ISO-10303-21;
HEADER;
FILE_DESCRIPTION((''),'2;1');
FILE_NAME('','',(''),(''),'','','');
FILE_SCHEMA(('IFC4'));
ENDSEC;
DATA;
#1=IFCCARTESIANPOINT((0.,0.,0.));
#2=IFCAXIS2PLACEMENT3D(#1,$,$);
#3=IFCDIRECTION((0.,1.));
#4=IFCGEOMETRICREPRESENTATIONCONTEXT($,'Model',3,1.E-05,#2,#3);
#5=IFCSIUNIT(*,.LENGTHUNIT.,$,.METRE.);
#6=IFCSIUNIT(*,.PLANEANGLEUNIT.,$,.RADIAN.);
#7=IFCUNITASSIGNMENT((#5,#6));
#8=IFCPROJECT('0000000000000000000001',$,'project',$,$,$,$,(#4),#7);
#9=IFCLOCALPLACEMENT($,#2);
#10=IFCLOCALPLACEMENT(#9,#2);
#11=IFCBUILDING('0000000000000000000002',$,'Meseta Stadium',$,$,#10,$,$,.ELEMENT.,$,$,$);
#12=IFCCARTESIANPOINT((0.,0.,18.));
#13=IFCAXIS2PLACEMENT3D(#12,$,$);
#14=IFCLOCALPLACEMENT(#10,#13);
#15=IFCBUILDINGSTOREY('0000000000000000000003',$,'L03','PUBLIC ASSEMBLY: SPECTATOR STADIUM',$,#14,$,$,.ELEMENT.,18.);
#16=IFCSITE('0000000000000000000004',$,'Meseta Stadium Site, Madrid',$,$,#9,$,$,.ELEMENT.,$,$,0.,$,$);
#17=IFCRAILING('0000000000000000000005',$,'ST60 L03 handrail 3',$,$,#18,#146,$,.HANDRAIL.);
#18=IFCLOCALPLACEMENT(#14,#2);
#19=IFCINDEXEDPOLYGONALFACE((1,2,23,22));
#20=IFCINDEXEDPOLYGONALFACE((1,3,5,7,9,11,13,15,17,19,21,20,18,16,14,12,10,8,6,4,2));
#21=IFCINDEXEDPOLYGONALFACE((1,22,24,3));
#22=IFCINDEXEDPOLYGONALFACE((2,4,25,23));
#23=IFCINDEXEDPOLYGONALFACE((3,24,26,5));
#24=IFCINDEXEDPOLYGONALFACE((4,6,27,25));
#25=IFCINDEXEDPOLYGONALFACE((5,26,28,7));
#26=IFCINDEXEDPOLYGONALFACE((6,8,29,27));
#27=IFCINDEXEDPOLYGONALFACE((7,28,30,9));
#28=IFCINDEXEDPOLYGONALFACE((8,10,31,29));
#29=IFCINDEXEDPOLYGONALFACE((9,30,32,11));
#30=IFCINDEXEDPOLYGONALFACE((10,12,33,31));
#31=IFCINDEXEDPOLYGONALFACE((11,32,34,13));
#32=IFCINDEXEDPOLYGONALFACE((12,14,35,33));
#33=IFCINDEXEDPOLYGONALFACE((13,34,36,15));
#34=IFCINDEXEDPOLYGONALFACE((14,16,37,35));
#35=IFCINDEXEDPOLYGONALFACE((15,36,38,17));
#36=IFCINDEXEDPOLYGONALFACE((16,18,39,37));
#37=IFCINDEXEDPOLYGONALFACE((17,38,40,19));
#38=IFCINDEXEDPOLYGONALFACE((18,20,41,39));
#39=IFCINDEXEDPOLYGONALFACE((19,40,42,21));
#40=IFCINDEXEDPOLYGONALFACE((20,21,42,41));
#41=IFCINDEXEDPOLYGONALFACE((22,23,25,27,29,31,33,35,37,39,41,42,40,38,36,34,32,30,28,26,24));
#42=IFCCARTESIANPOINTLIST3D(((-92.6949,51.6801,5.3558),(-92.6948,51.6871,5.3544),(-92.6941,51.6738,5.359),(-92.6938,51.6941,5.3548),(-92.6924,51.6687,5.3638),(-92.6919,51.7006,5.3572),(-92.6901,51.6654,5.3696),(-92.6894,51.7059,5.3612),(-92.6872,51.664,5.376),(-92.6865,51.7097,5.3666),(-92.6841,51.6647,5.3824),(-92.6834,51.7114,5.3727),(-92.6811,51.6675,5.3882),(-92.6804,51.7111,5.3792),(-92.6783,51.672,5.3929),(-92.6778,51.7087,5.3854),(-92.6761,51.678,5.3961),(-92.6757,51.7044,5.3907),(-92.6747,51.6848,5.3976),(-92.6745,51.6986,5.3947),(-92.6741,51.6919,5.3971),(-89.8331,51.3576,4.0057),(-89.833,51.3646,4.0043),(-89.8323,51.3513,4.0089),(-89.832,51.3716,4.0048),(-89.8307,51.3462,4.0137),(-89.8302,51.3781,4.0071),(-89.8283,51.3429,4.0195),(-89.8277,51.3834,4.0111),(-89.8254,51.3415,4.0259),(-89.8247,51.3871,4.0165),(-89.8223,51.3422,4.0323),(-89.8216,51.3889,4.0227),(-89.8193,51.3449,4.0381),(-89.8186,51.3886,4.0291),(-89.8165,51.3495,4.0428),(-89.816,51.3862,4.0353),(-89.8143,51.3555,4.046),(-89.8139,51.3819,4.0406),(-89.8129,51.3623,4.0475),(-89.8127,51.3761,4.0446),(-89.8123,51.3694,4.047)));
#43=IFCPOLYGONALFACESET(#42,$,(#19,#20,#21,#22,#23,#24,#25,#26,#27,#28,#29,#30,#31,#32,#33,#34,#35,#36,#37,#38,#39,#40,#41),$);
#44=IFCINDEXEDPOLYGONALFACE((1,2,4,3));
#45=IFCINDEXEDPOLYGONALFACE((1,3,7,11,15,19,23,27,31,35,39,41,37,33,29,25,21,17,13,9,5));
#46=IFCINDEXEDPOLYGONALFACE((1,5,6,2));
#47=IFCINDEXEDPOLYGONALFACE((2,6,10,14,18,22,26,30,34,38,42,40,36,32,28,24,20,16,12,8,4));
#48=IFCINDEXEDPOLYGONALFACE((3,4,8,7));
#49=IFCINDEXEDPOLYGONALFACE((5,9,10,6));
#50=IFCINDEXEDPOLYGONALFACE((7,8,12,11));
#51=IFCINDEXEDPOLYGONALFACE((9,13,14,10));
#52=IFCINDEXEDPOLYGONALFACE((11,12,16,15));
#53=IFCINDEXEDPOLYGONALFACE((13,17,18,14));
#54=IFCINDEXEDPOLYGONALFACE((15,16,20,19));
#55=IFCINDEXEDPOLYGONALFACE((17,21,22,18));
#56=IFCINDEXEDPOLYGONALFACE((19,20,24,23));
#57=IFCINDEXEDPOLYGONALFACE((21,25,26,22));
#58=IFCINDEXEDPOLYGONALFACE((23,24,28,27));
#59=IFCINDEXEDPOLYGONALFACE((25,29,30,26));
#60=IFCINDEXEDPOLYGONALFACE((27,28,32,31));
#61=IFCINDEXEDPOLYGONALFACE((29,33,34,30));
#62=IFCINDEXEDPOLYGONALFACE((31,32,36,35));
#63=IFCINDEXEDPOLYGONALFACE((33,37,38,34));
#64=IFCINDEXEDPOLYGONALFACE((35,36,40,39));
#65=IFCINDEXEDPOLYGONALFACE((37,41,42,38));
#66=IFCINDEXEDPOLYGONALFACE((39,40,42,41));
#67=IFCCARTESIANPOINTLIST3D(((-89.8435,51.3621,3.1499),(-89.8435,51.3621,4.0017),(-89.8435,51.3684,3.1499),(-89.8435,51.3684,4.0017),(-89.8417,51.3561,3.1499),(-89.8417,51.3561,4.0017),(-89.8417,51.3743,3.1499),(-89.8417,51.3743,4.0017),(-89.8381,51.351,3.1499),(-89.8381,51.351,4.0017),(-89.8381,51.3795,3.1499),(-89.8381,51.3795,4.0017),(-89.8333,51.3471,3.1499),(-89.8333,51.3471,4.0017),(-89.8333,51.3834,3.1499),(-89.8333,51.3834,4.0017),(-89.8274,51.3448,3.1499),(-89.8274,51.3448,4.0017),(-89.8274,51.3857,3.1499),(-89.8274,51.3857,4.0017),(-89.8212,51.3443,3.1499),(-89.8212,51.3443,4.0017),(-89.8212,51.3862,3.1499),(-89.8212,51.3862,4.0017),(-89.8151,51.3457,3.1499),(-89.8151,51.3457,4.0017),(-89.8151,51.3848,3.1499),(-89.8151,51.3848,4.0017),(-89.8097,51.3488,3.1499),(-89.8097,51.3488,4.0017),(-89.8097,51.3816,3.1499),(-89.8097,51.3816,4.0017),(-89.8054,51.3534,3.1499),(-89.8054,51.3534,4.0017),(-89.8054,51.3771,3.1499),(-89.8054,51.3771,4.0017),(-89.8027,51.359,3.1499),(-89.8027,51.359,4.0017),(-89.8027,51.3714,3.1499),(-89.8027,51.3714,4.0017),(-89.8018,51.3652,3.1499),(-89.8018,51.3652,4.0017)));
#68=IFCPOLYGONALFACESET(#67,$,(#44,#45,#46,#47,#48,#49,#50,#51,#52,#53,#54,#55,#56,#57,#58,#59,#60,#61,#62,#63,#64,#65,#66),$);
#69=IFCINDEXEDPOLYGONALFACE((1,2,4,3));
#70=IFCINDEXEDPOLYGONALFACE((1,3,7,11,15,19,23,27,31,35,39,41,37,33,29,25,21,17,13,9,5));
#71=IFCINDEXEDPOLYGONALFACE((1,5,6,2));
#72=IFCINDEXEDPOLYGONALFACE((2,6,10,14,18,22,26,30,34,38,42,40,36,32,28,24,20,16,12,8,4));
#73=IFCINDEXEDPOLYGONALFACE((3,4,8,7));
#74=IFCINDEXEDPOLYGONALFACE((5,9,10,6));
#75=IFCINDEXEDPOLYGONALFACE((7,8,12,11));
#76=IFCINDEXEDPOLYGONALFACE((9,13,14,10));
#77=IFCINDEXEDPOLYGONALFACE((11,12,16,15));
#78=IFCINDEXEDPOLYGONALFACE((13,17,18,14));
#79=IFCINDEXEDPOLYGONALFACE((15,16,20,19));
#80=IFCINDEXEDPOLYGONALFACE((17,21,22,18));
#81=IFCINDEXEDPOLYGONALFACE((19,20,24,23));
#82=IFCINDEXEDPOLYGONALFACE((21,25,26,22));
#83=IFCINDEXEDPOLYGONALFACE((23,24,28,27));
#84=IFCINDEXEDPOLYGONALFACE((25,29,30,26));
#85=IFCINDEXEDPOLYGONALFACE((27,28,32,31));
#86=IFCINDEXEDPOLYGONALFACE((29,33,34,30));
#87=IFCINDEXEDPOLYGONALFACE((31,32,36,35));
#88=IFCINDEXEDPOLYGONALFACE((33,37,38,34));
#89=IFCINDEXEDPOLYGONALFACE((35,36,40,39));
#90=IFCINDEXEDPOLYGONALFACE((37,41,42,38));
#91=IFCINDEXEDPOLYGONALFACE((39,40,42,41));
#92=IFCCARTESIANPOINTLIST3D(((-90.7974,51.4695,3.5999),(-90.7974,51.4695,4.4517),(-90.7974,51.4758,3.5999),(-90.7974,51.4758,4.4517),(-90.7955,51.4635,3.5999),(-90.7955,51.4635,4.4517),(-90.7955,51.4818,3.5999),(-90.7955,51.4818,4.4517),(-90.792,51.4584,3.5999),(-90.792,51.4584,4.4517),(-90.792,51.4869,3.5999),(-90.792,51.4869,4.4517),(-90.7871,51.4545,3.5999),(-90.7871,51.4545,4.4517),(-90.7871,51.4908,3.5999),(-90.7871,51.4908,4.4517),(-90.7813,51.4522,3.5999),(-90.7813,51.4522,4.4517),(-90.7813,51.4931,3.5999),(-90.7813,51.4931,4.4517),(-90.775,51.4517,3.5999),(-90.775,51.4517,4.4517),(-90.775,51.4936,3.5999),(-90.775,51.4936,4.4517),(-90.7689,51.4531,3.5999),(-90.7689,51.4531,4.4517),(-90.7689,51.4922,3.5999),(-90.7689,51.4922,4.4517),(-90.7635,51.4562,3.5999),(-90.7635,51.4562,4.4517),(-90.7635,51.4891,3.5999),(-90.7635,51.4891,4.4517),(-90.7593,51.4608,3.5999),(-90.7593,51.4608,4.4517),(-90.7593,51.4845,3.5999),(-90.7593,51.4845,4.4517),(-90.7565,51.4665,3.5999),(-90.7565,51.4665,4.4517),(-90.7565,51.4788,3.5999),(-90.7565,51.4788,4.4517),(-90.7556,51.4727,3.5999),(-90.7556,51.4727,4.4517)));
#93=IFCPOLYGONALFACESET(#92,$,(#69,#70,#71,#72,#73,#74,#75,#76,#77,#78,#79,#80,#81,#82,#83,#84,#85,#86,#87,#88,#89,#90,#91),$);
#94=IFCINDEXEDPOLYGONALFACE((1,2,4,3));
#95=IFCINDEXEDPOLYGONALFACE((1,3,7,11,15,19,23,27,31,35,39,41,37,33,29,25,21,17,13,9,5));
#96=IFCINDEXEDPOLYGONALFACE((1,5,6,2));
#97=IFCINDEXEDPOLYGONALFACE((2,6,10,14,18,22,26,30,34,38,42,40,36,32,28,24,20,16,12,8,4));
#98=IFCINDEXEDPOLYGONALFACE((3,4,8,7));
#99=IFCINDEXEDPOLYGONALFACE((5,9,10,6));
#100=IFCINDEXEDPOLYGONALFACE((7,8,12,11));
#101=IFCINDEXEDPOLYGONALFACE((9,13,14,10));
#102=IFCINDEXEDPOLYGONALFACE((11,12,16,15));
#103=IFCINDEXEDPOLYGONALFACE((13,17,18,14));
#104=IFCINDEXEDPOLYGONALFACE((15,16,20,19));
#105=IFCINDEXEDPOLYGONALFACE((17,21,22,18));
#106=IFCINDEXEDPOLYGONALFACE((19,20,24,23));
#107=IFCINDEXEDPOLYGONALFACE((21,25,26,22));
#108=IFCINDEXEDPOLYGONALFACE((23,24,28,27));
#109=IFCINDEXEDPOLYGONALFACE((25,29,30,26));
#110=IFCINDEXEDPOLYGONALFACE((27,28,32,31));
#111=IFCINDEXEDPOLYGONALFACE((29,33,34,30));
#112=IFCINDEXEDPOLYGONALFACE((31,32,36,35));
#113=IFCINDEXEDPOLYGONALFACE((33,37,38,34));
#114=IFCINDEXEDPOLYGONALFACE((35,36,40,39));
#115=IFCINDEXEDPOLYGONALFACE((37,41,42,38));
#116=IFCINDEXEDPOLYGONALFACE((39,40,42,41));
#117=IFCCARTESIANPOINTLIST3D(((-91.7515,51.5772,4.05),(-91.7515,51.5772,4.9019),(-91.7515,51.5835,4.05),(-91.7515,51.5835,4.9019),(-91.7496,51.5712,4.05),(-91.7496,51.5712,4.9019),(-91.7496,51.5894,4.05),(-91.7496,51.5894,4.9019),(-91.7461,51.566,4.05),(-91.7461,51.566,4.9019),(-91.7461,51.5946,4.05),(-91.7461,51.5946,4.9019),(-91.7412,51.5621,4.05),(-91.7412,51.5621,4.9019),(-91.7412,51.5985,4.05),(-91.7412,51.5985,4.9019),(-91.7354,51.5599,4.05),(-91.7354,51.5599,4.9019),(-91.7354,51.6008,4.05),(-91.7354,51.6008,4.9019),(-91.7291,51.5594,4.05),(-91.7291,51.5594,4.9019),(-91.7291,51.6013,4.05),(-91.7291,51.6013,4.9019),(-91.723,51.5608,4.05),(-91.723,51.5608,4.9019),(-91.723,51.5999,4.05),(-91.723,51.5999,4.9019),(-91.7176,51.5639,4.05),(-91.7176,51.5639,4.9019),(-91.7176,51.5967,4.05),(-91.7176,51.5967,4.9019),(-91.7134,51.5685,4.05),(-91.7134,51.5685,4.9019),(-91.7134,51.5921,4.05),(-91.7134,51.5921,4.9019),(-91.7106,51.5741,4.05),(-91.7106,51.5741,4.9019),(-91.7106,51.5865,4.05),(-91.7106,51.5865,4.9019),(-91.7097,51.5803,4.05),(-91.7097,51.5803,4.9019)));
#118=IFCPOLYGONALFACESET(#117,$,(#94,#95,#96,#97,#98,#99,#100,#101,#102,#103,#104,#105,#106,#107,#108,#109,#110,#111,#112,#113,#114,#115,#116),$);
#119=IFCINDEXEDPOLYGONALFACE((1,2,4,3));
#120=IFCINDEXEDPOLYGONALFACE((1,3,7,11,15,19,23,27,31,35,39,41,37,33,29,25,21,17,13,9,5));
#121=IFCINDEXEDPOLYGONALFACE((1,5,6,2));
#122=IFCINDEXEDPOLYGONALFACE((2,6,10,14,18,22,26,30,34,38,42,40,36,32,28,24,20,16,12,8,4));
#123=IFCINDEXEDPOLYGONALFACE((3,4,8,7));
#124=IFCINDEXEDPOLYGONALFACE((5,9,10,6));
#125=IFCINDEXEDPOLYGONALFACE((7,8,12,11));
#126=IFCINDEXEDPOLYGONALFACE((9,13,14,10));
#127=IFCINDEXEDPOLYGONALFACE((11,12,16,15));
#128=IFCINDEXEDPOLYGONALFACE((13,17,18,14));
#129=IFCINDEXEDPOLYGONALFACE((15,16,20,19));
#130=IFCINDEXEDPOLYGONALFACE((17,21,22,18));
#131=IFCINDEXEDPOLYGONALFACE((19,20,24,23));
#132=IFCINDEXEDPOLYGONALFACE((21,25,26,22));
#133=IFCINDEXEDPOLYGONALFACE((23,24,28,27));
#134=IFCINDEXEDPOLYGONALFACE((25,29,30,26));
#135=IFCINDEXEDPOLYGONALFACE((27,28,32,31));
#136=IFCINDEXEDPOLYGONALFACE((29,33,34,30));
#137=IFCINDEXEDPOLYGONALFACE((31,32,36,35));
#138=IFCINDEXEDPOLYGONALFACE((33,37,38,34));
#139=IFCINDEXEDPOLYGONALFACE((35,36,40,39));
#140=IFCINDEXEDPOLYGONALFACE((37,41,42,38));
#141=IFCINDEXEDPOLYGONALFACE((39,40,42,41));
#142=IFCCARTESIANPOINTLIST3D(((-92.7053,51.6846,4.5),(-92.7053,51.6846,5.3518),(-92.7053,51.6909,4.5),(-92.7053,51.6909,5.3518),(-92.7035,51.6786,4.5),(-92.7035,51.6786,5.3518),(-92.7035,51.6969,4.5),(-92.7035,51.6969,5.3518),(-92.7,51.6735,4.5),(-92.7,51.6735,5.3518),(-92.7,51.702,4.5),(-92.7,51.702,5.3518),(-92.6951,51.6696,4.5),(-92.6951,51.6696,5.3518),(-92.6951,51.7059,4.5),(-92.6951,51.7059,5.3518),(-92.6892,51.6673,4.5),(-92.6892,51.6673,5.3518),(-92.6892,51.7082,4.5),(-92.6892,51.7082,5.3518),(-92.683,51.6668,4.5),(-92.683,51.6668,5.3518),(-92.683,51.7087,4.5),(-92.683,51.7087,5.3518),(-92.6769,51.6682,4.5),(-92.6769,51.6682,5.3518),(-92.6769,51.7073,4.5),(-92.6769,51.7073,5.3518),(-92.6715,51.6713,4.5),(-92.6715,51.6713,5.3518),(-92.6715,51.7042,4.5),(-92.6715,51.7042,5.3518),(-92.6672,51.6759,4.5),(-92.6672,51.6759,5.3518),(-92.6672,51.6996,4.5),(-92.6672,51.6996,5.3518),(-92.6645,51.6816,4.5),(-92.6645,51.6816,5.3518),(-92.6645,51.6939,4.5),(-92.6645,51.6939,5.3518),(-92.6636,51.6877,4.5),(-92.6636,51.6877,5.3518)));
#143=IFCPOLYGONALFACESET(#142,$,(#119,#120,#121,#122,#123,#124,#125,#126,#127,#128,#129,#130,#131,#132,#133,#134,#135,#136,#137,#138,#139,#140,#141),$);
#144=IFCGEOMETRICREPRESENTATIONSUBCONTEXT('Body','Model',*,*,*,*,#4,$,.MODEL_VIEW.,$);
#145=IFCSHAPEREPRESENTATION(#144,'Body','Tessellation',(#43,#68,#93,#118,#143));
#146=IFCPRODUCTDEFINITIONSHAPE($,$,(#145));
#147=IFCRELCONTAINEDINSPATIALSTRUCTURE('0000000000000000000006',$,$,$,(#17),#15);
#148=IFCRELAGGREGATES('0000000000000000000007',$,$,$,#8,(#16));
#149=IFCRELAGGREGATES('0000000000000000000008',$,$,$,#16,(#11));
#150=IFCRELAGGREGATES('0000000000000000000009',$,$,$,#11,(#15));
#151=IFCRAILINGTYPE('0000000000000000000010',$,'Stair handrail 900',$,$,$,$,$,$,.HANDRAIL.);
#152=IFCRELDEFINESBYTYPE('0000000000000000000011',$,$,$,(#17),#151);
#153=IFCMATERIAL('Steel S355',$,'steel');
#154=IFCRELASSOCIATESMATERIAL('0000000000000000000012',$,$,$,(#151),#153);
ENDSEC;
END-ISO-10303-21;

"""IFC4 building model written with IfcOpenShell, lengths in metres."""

from ifc_helpers import new_model, si_unit, direction, frame, origin, origin_2d, place, context, subcontext, project, spatial, circle, extrude, material, type_object, element, save


model = new_model("IFC4")

# Units and contexts
model_context = context("Model", 3, precision=1e-05, world=origin(), true_north=direction((0.0, 1.0)))
body_context = subcontext(model_context, "Body", "Model", "MODEL_VIEW")
ifc_project = project(units=[si_unit("LENGTHUNIT", "METRE"), si_unit("PLANEANGLEUNIT", "RADIAN")], contexts=[model_context])

# Site, building, storey
site_placement = place(None, origin())
site = spatial("IfcSite", under=ifc_project, at=site_placement, Name="Meseta Stadium Site, Madrid", CompositionType="ELEMENT", RefElevation=0.0)
building_placement = place(site_placement, origin())
building = spatial("IfcBuilding", under=site, at=building_placement, Name="Meseta Stadium", CompositionType="ELEMENT")
storey_placement = place(building_placement, frame((0.0, 0.0, 18.0)))
storey = spatial("IfcBuildingStorey", under=building, at=storey_placement, Name="L03", Description="PUBLIC ASSEMBLY: SPECTATOR STADIUM", CompositionType="ELEMENT", Elevation=18.0)

# Railing
ifc_material_1 = material(Name="Steel S355", Category="steel")
railing_type_1 = type_object("IfcRailingType", Name="Stair handrail 900", PredefinedType="HANDRAIL", material=ifc_material_1)
for number, where, name in (
    (1, (-89.8228, 51.3652, 3.1499), "ST60 L03 handrail 3"),
):
    element("IfcRailing", number, at=place(storey_placement, frame(where)), inside=storey, type_object=railing_type_1, Name=name, PredefinedType="HANDRAIL", context=body_context, shape_type="SweptSolid", body=[
        extrude(circle(Radius=0.0239, at=origin_2d()), frame((0.0, 0.0, 0.876), z_axis=(-0.899748, 0.101396, 0.424467), x_axis=(-0.111985, -0.99371, 0.0)), (0.0, 0.0, 1.0), 3.1807),
        extrude(circle(Radius=0.021, at=origin_2d()), origin(), (0.0, 0.0, 1.0), 0.8518),
        extrude(circle(Radius=0.021, at=origin_2d()), frame((-0.9539, 0.1074, 0.45)), (0.0, 0.0, 1.0), 0.8518),
        extrude(circle(Radius=0.021, at=origin_2d()), frame((-1.908, 0.2151, 0.9001)), (0.0, 0.0, 1.0), 0.8518),
        extrude(circle(Radius=0.021, at=origin_2d()), frame((-2.8618, 0.3225, 1.3501)), (0.0, 0.0, 1.0), 0.8518),
    ])

save(model, "model.ifc")
